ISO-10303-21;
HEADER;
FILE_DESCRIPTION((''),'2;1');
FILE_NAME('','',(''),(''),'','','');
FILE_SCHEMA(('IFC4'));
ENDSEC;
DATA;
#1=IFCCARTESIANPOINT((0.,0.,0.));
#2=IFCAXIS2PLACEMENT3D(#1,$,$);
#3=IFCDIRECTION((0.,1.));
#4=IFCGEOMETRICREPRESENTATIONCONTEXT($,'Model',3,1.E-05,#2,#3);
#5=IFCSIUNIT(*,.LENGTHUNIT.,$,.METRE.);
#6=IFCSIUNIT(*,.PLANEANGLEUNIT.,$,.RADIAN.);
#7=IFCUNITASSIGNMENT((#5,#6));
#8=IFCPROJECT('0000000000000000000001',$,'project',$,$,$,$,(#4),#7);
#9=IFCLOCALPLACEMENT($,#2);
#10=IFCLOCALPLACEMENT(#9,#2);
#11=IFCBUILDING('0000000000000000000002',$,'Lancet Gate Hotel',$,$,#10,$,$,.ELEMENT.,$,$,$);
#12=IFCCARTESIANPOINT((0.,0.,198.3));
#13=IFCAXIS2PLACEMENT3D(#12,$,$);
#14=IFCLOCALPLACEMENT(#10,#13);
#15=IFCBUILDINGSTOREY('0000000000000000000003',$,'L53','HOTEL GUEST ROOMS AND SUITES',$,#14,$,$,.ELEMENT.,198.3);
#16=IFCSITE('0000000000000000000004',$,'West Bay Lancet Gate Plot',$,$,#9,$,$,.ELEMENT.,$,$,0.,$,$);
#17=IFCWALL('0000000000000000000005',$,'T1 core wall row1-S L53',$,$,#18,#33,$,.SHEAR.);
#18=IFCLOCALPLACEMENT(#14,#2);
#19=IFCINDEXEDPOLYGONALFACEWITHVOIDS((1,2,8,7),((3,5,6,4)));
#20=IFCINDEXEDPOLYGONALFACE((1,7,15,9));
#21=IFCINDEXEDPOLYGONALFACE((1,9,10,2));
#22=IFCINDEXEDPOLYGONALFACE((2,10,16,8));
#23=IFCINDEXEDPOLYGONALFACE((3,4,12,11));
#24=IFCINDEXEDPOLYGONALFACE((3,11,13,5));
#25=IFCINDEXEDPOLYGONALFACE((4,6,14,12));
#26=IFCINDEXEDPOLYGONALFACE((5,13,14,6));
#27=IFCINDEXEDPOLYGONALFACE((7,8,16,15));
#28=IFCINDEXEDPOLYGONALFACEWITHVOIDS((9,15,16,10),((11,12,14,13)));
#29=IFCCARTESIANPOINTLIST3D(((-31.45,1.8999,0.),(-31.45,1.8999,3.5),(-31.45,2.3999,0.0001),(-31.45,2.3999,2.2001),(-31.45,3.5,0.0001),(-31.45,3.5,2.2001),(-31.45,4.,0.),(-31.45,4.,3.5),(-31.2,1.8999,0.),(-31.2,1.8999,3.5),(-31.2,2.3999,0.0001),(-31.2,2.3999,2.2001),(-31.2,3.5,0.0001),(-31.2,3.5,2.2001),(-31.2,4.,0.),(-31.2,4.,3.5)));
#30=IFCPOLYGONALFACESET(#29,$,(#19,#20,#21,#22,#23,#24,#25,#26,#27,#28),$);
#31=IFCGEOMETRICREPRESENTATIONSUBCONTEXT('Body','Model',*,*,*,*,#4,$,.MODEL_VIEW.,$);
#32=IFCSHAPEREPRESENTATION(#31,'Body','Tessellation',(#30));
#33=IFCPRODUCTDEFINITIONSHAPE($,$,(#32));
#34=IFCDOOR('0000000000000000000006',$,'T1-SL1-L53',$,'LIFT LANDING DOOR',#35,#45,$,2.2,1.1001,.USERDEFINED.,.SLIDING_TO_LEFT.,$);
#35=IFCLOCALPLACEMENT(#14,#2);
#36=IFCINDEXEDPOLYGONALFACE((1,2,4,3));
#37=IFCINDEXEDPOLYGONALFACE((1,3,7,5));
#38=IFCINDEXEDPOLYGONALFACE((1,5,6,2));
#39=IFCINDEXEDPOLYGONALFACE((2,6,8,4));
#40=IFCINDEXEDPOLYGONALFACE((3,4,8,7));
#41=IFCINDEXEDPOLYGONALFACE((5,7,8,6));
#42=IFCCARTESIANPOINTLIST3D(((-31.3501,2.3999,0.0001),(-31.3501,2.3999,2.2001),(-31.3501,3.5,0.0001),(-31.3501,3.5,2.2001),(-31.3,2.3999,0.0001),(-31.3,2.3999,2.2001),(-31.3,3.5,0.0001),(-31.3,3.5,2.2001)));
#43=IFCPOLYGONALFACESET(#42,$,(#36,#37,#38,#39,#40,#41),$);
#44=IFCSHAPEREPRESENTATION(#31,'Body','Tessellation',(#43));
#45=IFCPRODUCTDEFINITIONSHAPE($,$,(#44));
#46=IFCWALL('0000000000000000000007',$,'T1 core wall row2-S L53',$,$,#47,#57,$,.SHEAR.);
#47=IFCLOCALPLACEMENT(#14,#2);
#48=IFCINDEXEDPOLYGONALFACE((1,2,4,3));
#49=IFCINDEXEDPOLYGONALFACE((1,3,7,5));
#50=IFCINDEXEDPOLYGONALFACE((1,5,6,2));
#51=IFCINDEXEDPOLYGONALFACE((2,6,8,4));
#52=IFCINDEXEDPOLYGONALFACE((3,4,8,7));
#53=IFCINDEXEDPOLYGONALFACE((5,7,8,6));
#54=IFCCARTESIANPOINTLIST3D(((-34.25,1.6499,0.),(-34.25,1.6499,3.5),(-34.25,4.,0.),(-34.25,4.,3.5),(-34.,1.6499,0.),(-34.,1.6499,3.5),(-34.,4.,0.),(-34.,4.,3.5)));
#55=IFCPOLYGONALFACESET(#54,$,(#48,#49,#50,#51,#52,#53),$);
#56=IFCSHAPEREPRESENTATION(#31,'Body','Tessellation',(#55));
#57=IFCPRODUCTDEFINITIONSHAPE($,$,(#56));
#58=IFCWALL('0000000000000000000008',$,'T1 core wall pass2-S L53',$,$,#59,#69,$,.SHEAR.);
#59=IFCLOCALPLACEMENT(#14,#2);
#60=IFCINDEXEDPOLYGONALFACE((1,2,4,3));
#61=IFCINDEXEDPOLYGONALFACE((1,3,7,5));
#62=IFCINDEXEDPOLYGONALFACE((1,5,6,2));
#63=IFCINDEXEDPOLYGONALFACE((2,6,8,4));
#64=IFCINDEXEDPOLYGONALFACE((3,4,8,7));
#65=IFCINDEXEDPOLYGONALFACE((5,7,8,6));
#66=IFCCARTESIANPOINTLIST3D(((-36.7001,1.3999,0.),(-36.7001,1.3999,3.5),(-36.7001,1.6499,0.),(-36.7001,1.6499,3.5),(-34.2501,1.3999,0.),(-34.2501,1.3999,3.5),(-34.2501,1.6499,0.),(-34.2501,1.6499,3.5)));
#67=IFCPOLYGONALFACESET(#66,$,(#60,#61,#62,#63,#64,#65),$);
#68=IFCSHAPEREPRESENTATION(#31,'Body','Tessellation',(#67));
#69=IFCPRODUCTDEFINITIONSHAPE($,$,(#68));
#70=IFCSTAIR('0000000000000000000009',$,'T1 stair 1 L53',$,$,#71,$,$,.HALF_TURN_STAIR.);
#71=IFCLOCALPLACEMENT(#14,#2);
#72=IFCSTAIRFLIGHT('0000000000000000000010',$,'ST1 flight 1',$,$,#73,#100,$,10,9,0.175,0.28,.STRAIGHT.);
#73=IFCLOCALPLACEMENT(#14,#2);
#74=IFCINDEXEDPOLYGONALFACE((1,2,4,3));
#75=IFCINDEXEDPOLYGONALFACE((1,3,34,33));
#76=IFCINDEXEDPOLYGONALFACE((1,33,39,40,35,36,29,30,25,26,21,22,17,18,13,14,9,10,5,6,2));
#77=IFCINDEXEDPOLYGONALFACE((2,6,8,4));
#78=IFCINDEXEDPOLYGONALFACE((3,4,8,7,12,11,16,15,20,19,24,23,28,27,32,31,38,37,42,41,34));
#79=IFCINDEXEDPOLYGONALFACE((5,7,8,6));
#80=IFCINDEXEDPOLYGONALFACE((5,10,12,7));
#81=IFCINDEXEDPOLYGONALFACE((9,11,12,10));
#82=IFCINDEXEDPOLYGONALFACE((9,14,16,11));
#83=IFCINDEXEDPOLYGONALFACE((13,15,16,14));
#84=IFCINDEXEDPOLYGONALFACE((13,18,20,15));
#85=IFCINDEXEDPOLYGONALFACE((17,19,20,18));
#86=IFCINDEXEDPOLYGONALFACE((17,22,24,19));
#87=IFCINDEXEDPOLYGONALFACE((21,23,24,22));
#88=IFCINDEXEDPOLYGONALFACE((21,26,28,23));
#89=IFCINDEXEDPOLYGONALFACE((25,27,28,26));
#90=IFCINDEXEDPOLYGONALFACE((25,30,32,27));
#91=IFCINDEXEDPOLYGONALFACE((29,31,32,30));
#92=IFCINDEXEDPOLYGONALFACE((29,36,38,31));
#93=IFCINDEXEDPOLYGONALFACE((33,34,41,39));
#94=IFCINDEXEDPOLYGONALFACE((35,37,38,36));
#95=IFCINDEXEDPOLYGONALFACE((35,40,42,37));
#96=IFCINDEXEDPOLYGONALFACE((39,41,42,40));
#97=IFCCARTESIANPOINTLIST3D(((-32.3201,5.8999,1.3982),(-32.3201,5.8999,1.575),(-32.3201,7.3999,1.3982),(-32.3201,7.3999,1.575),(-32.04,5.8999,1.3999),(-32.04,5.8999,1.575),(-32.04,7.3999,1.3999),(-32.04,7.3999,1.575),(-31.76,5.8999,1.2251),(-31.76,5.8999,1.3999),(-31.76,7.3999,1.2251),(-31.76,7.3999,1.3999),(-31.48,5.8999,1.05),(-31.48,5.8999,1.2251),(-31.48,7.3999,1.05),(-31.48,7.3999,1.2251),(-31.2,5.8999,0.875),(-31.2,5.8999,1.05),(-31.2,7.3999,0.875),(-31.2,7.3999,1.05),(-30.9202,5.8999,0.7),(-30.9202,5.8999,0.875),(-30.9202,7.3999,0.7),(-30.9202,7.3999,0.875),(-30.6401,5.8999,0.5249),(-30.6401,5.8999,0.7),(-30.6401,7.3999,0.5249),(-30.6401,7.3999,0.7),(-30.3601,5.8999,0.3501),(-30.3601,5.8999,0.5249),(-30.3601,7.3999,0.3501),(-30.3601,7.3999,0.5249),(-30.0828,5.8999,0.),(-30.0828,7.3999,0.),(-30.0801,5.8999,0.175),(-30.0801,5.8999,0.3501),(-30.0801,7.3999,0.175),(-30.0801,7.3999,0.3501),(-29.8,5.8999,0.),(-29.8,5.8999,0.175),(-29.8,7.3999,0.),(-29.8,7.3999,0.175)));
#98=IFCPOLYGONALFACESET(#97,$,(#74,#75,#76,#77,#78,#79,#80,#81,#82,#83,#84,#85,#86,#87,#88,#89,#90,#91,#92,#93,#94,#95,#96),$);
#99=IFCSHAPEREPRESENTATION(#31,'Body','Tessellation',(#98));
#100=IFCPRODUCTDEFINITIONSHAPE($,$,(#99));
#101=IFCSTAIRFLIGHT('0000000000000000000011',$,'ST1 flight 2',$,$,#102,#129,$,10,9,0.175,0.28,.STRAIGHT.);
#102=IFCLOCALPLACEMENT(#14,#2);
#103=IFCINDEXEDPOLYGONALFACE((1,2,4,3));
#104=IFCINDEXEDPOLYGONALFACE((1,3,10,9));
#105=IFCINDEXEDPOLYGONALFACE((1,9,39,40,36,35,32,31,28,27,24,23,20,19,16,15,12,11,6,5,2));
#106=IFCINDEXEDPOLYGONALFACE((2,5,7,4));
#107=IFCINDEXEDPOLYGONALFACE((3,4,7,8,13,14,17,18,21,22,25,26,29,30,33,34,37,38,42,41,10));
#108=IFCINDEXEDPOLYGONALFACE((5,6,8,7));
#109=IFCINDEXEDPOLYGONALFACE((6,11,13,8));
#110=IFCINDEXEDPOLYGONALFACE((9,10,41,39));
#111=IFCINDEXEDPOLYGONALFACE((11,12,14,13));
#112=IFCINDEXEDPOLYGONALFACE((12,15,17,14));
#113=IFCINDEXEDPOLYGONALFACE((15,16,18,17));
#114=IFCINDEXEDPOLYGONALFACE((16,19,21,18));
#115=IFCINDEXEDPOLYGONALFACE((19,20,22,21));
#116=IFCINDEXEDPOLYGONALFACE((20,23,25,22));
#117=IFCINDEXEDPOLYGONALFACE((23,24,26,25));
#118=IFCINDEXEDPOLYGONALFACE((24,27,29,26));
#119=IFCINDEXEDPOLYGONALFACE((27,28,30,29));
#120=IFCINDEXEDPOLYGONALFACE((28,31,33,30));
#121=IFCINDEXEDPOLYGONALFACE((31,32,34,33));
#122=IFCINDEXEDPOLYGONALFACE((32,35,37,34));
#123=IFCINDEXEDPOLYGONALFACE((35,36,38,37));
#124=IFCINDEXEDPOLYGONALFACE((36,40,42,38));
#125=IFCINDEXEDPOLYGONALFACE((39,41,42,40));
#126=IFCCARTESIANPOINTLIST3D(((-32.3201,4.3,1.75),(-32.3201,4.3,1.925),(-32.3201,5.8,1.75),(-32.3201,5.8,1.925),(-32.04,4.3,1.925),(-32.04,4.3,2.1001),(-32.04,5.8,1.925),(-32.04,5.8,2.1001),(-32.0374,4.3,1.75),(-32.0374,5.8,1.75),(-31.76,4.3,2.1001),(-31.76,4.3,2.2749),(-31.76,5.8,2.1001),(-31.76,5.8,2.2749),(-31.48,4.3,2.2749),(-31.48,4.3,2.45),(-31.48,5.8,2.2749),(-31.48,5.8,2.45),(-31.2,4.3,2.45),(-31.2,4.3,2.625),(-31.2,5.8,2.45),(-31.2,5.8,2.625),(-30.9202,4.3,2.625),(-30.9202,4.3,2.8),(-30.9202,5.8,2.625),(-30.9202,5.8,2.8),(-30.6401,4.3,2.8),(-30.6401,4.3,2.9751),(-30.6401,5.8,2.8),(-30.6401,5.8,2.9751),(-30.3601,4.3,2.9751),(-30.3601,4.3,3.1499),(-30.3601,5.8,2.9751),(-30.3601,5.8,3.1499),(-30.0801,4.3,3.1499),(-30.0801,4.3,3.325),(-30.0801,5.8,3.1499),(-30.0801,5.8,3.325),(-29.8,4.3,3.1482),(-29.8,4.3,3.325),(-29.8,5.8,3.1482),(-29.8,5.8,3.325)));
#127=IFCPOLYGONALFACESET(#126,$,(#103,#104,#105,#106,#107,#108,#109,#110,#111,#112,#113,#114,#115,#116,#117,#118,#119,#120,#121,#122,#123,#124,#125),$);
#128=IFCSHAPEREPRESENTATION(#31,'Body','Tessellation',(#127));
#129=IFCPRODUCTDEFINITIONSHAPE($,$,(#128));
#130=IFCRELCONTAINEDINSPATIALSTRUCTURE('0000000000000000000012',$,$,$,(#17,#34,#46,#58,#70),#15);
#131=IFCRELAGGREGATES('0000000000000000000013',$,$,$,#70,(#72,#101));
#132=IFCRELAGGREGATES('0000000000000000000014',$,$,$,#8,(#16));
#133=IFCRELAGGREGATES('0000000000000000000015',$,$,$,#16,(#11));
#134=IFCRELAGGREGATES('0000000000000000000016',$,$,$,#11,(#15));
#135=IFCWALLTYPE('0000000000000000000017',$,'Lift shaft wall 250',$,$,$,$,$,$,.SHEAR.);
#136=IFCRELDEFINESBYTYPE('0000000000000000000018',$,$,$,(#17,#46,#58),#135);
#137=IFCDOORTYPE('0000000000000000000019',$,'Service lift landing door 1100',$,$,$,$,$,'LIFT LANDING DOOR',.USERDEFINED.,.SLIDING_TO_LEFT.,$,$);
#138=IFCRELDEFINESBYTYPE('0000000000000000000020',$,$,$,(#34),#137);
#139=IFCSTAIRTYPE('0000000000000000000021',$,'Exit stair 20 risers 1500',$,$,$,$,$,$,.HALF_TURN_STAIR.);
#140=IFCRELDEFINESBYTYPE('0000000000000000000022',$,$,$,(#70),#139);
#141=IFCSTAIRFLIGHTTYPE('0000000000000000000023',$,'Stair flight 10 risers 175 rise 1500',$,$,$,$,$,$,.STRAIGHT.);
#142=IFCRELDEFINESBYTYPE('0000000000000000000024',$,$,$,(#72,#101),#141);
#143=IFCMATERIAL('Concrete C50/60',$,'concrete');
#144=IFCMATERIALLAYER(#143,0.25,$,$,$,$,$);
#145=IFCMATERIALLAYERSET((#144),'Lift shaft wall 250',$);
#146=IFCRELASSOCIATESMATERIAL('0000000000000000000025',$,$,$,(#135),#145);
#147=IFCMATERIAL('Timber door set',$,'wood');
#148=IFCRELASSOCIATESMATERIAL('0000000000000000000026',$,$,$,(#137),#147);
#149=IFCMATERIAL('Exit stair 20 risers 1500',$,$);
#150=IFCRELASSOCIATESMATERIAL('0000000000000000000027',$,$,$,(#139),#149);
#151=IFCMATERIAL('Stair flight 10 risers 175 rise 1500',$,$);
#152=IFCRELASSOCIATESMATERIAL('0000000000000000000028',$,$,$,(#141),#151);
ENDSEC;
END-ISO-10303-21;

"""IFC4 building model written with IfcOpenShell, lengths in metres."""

from ifc_helpers import new_model, si_unit, direction, frame, frame_2d, origin, place, context, subcontext, project, spatial, polyline, rectangle, outline, extrude, material, layer, layer_set, type_object, element, fill, aggregate, save


model = new_model("IFC4")

# Units and contexts
model_context = context("Model", 3, precision=1e-05, world=origin(), true_north=direction((0.0, 1.0)))
body_context = subcontext(model_context, "Body", "Model", "MODEL_VIEW")
ifc_project = project(units=[si_unit("LENGTHUNIT", "METRE"), si_unit("PLANEANGLEUNIT", "RADIAN")], contexts=[model_context])

# Site, building, storey
site_placement = place(None, origin())
site = spatial("IfcSite", under=ifc_project, at=site_placement, Name="West Bay Lancet Gate Plot", CompositionType="ELEMENT", RefElevation=0.0)
building_placement = place(site_placement, origin())
building = spatial("IfcBuilding", under=site, at=building_placement, Name="Lancet Gate Hotel", CompositionType="ELEMENT")
storey_placement = place(building_placement, frame((0.0, 0.0, 198.3)))
storey = spatial("IfcBuildingStorey", under=building, at=storey_placement, Name="L53", Description="HOTEL GUEST ROOMS AND SUITES", CompositionType="ELEMENT", Elevation=198.3)

# Wall, opening, door
ifc_material_1 = material(Name="Concrete C50/60", Category="concrete")
ifc_layer_1 = layer(ifc_material_1, 0.25)
ifc_layer_set_1 = layer_set([ifc_layer_1], Name="Lift shaft wall 250")
wall_type_1 = type_object("IfcWallType", Name="Lift shaft wall 250", PredefinedType="SHEAR", material=ifc_layer_set_1)
wall_1_placement = place(storey_placement, frame((-31.325, 4.0, 0.0), z_axis=(0.0, 0.0, 1.0), x_axis=(0.0, -1.0, 0.0)))
wall_1 = element("IfcWall", 1, at=wall_1_placement, inside=storey, type_object=wall_type_1, Name="T1 core wall row1-S L53", PredefinedType="SHEAR", context=body_context, shape_type="SweptSolid", body=[
    extrude(rectangle(XDim=2.1001, YDim=0.25, at=frame_2d((1.05, 0.0))), origin(), (0.0, 0.0, 1.0), 3.5),
])
opening_1_placement = place(wall_1_placement, frame((0.5, 0.0, 0.0)))
opening_1 = element("IfcOpeningElement", 2, at=opening_1_placement, cuts=wall_1, PredefinedType="OPENING", context=body_context, shape_type="SweptSolid", body=[
    extrude(rectangle(XDim=1.1001, YDim=2.2, at=frame_2d((0.55, 1.1001))), frame((0.0, 0.135, 0.0), z_axis=(0.0, -1.0, 0.0), x_axis=(1.0, 0.0, 0.0)), (0.0, 0.0, 1.0), 0.27),
])
ifc_material_2 = material(Name="Timber door set", Category="wood")
door_type_1 = type_object("IfcDoorType", Name="Service lift landing door 1100", ElementType="LIFT LANDING DOOR", OperationType="SLIDING_TO_LEFT", PredefinedType="USERDEFINED", material=ifc_material_2)
door_1_placement = place(opening_1_placement, origin())
door_1 = element("IfcDoor", 3, at=door_1_placement, inside=storey, type_object=door_type_1, Name="T1-SL1-L53", ObjectType="LIFT LANDING DOOR", OperationType="SLIDING_TO_LEFT", OverallHeight=2.2, OverallWidth=1.1001, PredefinedType="USERDEFINED", context=body_context, shape_type="SweptSolid", body=[
    extrude(rectangle(XDim=1.1001, YDim=2.2, at=frame_2d((0.55, 1.1001))), frame((0.0, 0.0249, 0.0), z_axis=(0.0, -1.0, 0.0), x_axis=(1.0, 0.0, 0.0)), (0.0, 0.0, 1.0), 0.05),
])
fill(opening_1, door_1)

# Walls
wall_2_placement = place(storey_placement, frame((-34.125, 4.0, 0.0), z_axis=(0.0, 0.0, 1.0), x_axis=(0.0, -1.0, 0.0)))
element("IfcWall", 4, at=wall_2_placement, inside=storey, type_object=wall_type_1, Name="T1 core wall row2-S L53", PredefinedType="SHEAR", context=body_context, shape_type="SweptSolid", body=[
    extrude(rectangle(XDim=2.3501, YDim=0.25, at=frame_2d((1.175, 0.0))), origin(), (0.0, 0.0, 1.0), 3.5),
])
wall_3_placement = place(storey_placement, frame((-34.25, 1.5249, 0.0), z_axis=(0.0, 0.0, 1.0), x_axis=(-1.0, 0.0, 0.0)))
element("IfcWall", 5, at=wall_3_placement, inside=storey, type_object=wall_type_1, Name="T1 core wall pass2-S L53", PredefinedType="SHEAR", context=body_context, shape_type="SweptSolid", body=[
    extrude(rectangle(XDim=2.45, YDim=0.25, at=frame_2d((1.2251, 0.0))), origin(), (0.0, 0.0, 1.0), 3.5),
])

# Stair, stair flights
ifc_material_3 = material(Name="Exit stair 20 risers 1500")
stair_type = type_object("IfcStairType", Name="Exit stair 20 risers 1500", PredefinedType="HALF_TURN_STAIR", material=ifc_material_3)
stair_placement = place(storey_placement, origin())
stair = element("IfcStair", 6, at=stair_placement, inside=storey, type_object=stair_type, Name="T1 stair 1 L53", PredefinedType="HALF_TURN_STAIR")
ifc_material_4 = material(Name="Stair flight 10 risers 175 rise 1500")
stair_flight_type = type_object("IfcStairFlightType", Name="Stair flight 10 risers 175 rise 1500", PredefinedType="STRAIGHT", material=ifc_material_4)
stair_flight_1_placement = place(storey_placement, frame((-29.8, 6.6499, 0.0), z_axis=(0.0, 0.0, 1.0), x_axis=(-1.0, 0.0, 0.0)))
stair_flight_1 = element("IfcStairFlight", 7, at=stair_flight_1_placement, type_object=stair_flight_type, Name="ST1 flight 1", NumberOfRisers=10, NumberOfTreads=9, PredefinedType="STRAIGHT", RiserHeight=0.175, TreadLength=0.28, context=body_context, shape_type="SweptSolid", body=[
    extrude(outline(polyline([(0.0, 0.0), (0.0, 0.175), (0.28, 0.175), (0.28, 0.3501), (0.5601, 0.3501), (0.5601, 0.5249), (0.8401, 0.5249), (0.8401, 0.7), (1.1201, 0.7), (1.1201, 0.875), (1.3999, 0.875), (1.3999, 1.05), (1.6799, 1.05), (1.6799, 1.2251), (1.96, 1.2251), (1.96, 1.3999), (2.24, 1.3999), (2.24, 1.575), (2.52, 1.575), (2.52, 1.75), (2.52, 1.3982), (0.2827, 0.0), (0.0, 0.0)])), frame((0.0, 0.75, 0.0), z_axis=(0.0, -1.0, 0.0), x_axis=(1.0, 0.0, 0.0)), (0.0, 0.0, 1.0), 1.5),
])
stair_flight_2_placement = place(storey_placement, frame((-32.3201, 5.05, 1.75), z_axis=(0.0, 0.0, 1.0), x_axis=(1.0, 0.0, 0.0)))
stair_flight_2 = element("IfcStairFlight", 8, at=stair_flight_2_placement, type_object=stair_flight_type, Name="ST1 flight 2", NumberOfRisers=10, NumberOfTreads=9, PredefinedType="STRAIGHT", RiserHeight=0.175, TreadLength=0.28, context=body_context, shape_type="SweptSolid", body=[
    extrude(outline(polyline([(0.0, 0.0), (0.0, 0.175), (0.28, 0.175), (0.28, 0.3501), (0.5601, 0.3501), (0.5601, 0.5249), (0.8401, 0.5249), (0.8401, 0.7), (1.1201, 0.7), (1.1201, 0.875), (1.3999, 0.875), (1.3999, 1.05), (1.6799, 1.05), (1.6799, 1.2251), (1.96, 1.2251), (1.96, 1.3999), (2.24, 1.3999), (2.24, 1.575), (2.52, 1.575), (2.52, 1.75), (2.52, 1.3982), (0.2827, 0.0), (0.0, 0.0)])), frame((0.0, 0.75, 0.0), z_axis=(0.0, -1.0, 0.0), x_axis=(1.0, 0.0, 0.0)), (0.0, 0.0, 1.0), 1.5),
])
aggregate(stair, [stair_flight_1, stair_flight_2])

save(model, "model.ifc")
